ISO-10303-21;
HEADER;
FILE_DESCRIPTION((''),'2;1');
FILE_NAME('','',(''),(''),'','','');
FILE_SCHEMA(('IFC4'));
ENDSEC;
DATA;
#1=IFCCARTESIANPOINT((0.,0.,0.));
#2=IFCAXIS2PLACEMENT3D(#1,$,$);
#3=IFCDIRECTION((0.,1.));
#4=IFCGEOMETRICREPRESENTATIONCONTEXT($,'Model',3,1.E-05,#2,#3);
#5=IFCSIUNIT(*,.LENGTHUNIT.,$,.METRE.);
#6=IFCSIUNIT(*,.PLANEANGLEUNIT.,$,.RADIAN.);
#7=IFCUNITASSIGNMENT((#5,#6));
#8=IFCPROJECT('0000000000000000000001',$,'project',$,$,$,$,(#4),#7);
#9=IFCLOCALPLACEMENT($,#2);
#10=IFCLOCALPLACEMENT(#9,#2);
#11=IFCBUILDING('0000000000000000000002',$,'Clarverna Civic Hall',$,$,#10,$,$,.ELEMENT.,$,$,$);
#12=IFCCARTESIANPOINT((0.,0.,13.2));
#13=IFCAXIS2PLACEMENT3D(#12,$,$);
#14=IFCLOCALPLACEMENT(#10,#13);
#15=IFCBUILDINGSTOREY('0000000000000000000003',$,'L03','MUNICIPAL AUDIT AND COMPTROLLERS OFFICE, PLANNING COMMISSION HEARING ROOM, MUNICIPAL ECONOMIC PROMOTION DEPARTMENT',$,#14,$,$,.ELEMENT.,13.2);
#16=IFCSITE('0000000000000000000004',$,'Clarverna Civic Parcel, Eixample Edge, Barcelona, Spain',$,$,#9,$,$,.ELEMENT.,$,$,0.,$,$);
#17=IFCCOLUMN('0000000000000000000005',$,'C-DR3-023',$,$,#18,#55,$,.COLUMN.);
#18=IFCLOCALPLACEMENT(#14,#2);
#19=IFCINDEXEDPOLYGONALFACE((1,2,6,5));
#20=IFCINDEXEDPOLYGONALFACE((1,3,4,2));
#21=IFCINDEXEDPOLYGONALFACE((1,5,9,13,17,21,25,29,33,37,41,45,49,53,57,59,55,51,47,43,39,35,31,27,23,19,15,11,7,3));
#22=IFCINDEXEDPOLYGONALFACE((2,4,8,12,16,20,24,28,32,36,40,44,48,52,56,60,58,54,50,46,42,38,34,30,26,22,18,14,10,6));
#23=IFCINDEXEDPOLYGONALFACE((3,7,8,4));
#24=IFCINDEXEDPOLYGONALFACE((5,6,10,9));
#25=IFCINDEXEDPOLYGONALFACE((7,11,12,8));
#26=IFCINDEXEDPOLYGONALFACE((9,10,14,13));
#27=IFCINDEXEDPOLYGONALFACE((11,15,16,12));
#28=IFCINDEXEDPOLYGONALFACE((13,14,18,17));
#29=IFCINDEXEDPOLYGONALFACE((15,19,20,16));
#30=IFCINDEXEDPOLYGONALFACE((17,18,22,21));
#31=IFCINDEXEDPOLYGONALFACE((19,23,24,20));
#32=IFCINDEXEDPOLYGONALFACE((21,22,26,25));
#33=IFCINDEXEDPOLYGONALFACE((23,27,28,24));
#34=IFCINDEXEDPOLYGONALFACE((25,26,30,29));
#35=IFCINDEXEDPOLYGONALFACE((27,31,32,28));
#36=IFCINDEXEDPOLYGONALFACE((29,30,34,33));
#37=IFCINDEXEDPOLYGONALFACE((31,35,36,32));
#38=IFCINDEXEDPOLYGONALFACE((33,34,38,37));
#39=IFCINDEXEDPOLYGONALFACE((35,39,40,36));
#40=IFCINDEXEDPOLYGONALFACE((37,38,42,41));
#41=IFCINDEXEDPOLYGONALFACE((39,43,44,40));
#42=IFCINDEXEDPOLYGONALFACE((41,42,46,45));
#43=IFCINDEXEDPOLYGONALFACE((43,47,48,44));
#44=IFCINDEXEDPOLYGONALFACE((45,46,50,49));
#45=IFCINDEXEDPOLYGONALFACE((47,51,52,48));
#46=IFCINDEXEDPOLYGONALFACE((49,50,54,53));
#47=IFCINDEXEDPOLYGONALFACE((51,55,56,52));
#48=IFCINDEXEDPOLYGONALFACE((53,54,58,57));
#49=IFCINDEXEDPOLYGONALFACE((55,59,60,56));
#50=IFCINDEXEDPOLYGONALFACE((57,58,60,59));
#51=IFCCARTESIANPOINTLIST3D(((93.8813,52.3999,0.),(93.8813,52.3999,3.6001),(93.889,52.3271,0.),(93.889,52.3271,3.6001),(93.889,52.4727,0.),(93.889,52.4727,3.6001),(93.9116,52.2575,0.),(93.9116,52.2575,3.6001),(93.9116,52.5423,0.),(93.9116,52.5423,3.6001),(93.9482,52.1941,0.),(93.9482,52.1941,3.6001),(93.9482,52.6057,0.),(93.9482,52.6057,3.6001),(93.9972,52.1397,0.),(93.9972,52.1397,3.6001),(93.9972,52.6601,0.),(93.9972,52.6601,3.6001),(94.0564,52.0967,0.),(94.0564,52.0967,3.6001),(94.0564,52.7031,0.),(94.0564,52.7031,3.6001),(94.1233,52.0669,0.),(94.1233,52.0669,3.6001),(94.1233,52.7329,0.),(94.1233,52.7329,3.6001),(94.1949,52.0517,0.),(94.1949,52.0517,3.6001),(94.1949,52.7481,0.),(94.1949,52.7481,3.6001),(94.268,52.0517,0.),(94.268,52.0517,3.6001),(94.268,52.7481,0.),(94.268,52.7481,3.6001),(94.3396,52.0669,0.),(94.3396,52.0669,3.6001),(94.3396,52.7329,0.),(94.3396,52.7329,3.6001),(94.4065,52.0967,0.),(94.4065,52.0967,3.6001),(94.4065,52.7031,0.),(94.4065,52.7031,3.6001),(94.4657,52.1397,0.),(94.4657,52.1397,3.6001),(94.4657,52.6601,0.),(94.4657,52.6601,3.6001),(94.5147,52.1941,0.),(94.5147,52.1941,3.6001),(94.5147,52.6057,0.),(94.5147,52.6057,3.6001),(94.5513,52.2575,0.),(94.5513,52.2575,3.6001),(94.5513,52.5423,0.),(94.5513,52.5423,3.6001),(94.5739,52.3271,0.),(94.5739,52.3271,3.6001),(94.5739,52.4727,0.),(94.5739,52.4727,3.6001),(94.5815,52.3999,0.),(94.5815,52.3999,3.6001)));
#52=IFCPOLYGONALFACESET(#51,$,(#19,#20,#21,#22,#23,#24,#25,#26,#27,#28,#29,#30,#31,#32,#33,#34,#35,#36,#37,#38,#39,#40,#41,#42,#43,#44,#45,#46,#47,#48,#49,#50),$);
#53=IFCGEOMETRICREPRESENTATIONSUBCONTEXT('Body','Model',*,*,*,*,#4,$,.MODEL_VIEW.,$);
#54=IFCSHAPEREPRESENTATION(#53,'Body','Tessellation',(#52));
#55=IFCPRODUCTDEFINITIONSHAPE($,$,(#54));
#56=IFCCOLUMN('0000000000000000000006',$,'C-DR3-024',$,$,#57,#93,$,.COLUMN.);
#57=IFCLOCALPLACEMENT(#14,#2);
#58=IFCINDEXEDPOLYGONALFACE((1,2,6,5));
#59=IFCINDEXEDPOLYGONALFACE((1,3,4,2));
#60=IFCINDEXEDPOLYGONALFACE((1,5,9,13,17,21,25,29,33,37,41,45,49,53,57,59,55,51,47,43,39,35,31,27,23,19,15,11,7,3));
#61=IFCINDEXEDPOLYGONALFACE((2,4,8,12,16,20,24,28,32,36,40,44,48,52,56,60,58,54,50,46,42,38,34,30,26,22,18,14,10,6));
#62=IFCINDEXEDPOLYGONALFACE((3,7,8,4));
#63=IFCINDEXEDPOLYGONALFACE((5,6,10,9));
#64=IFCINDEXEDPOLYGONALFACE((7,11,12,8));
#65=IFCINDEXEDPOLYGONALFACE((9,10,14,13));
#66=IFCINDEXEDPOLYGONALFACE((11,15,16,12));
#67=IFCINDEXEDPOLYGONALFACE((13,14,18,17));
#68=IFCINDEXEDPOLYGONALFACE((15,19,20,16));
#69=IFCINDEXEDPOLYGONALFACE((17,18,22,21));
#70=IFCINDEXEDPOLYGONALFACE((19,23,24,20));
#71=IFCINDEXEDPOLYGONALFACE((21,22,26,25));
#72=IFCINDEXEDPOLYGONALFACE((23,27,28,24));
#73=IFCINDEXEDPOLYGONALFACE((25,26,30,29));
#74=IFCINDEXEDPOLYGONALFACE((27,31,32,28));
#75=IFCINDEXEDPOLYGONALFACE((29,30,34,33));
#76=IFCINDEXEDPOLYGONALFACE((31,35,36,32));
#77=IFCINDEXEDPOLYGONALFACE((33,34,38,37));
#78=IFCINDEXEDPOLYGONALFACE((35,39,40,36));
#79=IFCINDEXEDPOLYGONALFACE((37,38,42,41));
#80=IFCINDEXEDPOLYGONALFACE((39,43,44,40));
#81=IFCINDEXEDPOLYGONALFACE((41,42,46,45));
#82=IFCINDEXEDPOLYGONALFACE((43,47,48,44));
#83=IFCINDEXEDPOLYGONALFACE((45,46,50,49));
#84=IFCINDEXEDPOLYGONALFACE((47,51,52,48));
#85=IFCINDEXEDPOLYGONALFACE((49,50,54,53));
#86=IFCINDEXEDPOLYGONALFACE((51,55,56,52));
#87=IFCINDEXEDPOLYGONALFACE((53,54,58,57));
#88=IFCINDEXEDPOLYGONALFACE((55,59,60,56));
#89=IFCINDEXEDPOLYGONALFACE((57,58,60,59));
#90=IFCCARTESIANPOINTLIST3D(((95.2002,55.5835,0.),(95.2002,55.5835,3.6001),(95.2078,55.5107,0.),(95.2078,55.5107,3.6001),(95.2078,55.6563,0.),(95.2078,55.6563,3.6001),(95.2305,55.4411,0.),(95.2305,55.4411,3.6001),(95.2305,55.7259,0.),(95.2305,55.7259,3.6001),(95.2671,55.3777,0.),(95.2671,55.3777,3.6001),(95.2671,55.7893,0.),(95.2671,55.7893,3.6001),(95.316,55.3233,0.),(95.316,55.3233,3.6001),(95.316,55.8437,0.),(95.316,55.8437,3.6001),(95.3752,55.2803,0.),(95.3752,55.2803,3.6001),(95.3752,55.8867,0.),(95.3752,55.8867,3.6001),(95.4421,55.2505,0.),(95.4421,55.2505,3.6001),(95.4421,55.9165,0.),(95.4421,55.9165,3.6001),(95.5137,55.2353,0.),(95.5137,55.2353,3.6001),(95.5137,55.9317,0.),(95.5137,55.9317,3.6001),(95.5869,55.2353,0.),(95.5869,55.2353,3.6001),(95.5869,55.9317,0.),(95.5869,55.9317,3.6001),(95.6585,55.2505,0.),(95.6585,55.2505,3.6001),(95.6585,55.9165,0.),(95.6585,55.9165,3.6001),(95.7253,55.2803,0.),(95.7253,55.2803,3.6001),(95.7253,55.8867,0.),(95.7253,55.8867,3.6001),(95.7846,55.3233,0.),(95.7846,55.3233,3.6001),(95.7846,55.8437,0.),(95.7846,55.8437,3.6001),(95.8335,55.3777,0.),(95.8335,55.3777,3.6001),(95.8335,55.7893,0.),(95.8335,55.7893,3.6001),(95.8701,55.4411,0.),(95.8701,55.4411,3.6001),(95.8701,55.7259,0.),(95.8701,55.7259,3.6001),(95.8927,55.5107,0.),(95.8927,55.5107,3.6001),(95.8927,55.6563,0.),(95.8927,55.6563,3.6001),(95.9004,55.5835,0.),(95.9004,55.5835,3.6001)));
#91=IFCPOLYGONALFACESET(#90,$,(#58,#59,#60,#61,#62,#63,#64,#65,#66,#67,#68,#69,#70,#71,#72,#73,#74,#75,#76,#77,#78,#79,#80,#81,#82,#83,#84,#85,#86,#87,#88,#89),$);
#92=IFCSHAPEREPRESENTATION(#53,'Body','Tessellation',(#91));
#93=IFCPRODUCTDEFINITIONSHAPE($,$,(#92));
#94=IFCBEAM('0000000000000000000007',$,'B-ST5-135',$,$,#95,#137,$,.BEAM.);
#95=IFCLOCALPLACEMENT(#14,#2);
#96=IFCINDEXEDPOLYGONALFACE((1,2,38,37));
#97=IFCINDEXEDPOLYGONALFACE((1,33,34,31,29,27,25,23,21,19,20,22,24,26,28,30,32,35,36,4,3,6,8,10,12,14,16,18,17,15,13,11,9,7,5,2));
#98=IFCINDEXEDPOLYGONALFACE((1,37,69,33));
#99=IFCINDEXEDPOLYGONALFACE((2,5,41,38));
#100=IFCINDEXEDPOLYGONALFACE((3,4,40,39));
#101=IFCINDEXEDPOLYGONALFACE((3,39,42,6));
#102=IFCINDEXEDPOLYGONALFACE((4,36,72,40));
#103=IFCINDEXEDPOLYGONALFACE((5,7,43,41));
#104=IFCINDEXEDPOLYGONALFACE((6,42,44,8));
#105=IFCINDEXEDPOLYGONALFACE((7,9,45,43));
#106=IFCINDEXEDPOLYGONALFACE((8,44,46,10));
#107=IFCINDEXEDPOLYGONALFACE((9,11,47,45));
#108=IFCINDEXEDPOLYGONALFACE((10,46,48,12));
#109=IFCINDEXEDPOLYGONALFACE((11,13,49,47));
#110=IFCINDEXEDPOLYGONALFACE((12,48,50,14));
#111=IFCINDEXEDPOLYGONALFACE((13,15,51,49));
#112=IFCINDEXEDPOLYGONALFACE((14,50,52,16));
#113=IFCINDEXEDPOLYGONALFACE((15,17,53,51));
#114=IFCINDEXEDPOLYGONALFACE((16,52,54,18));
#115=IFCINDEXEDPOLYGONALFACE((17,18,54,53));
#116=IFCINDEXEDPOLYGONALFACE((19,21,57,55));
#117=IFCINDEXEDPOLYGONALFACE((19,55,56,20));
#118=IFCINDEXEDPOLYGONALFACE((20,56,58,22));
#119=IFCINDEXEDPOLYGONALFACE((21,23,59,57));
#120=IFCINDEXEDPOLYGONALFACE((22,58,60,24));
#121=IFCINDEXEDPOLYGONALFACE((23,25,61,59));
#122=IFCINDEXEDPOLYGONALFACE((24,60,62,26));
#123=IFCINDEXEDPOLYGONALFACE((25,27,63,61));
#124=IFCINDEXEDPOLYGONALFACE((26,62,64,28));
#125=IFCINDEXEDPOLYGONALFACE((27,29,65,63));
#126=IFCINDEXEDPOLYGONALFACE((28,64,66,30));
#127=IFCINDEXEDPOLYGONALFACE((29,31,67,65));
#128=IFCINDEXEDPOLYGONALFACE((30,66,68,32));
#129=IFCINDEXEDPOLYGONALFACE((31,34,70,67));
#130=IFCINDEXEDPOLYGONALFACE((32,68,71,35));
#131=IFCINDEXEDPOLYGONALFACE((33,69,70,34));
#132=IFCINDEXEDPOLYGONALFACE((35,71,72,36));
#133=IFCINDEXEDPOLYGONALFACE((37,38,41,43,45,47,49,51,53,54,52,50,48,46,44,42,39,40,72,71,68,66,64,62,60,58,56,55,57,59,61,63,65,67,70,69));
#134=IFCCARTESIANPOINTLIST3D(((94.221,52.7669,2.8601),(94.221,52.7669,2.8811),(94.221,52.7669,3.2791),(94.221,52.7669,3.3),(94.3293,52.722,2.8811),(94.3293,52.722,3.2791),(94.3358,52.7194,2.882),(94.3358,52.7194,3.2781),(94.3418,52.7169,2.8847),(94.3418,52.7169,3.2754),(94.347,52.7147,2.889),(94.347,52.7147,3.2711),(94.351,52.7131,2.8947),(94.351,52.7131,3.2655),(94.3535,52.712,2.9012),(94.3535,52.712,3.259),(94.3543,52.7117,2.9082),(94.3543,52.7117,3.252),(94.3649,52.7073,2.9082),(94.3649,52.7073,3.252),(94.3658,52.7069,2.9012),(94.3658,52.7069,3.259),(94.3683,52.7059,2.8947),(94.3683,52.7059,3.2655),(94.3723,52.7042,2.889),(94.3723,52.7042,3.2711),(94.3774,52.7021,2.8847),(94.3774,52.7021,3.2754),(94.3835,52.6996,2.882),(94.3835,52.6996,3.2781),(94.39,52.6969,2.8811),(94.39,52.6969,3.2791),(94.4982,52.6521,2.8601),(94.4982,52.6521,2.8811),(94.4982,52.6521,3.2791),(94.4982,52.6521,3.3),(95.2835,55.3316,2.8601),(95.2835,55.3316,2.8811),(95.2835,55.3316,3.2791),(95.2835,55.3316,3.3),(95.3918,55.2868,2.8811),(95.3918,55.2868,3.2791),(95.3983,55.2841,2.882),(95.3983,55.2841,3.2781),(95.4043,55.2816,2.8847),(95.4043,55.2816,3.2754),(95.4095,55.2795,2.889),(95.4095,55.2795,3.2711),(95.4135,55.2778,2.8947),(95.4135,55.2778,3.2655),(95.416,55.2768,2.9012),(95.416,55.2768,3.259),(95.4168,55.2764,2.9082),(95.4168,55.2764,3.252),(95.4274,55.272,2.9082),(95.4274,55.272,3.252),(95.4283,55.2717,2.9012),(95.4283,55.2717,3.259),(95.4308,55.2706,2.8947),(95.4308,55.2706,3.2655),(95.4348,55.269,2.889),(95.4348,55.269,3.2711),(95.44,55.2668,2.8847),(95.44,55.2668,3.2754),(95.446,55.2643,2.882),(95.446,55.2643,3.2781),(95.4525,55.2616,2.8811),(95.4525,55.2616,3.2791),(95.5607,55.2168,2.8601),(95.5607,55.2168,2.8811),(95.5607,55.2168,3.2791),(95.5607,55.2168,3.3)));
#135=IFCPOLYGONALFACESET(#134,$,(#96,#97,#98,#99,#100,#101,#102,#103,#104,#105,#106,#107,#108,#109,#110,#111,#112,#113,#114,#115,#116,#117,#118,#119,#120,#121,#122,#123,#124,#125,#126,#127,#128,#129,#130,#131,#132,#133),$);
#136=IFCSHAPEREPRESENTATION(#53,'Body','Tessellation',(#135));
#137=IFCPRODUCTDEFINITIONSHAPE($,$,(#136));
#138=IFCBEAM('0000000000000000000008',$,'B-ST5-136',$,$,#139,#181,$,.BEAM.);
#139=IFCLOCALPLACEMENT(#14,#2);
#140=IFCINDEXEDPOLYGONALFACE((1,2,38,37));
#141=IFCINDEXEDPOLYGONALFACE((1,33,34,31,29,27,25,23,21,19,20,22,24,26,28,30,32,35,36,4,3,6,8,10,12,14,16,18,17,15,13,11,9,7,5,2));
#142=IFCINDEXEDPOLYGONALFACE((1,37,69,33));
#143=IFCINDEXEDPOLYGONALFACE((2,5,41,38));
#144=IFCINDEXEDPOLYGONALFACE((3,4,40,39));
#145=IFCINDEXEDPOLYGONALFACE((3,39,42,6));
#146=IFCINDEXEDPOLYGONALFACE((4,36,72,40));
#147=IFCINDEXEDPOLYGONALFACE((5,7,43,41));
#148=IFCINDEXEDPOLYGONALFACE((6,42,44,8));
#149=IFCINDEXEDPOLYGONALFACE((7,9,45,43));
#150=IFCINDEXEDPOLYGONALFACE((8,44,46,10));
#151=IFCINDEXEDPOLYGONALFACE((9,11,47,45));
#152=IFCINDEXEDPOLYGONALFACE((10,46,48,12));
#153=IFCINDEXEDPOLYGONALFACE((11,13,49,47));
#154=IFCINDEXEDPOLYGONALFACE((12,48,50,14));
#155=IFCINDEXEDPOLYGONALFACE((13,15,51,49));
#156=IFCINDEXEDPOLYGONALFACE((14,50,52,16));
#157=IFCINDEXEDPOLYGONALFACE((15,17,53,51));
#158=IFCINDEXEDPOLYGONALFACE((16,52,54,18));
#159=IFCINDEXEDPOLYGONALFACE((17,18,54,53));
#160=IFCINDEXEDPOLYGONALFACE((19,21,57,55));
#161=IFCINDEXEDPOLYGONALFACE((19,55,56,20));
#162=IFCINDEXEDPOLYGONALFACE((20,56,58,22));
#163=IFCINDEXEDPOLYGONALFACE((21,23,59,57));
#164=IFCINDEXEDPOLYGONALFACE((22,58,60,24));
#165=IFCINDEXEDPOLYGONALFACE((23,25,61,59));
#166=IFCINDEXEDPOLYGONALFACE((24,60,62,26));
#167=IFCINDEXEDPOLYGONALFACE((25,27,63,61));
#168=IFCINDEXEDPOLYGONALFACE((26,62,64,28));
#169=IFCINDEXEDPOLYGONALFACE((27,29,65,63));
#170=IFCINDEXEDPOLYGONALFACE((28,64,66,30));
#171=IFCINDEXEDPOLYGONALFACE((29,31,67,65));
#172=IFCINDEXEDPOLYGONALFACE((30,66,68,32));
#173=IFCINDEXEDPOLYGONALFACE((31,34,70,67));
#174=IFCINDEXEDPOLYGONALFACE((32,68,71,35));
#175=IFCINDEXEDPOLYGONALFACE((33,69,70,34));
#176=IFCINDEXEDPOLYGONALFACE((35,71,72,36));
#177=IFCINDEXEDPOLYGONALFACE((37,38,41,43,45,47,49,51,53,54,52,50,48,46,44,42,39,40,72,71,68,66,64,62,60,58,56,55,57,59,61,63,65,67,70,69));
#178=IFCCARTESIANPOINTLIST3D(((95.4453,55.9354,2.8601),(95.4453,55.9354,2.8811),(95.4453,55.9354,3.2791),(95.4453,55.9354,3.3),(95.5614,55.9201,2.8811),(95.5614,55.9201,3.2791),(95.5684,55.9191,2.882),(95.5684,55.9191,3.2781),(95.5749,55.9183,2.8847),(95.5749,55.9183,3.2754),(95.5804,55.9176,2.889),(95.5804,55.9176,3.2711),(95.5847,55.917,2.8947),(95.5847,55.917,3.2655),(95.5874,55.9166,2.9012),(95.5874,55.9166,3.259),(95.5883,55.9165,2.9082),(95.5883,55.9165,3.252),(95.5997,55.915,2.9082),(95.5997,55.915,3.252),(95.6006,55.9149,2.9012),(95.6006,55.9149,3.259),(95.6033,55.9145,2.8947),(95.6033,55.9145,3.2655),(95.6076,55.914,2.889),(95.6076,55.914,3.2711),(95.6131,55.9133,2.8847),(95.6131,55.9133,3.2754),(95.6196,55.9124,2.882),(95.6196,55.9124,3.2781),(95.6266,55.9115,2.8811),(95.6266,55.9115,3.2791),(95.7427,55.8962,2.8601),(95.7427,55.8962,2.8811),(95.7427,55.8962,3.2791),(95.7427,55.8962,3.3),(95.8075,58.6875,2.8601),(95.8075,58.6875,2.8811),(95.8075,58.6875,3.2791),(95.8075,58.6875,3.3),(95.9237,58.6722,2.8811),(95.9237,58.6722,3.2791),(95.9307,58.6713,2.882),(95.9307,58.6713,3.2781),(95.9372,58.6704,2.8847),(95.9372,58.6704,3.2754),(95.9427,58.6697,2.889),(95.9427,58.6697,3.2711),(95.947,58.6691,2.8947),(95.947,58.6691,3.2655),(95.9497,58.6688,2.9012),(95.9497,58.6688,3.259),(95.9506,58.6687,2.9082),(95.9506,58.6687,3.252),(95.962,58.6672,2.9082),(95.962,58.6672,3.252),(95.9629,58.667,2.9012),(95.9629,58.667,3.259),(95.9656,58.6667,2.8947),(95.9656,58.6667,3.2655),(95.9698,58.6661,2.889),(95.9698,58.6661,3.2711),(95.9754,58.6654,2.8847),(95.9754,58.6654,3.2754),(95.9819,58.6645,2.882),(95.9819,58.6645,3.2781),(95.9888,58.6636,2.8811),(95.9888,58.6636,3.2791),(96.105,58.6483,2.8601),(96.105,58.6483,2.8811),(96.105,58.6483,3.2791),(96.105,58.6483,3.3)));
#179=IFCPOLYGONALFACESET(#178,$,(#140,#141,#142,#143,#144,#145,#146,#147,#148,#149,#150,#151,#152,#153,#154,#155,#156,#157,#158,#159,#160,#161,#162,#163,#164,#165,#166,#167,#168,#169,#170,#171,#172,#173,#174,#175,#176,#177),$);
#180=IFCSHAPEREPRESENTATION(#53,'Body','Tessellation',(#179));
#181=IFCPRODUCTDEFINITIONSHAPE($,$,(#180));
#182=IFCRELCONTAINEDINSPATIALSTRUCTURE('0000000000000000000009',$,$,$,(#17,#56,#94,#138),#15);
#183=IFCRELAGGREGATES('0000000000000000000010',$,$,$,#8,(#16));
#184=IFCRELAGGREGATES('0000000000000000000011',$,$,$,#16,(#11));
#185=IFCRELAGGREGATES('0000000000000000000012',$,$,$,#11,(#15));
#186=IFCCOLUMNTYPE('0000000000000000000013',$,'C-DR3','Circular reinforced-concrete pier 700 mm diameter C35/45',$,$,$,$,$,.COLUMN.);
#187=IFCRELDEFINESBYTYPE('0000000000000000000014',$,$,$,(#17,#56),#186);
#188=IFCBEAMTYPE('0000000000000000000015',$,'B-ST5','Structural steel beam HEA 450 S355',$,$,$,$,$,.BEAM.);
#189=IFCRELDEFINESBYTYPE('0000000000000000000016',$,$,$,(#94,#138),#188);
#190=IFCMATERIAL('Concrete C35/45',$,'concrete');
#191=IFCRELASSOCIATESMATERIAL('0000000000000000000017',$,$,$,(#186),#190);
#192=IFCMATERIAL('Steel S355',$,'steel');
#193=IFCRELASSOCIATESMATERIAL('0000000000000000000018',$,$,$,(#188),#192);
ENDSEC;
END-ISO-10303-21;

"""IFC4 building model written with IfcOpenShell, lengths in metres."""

from ifc_helpers import new_model, si_unit, direction, frame, origin, origin_2d, place, context, subcontext, project, spatial, circle, i_section, extrude, material, material_profile, profile_set, type_object, element, save


model = new_model("IFC4")

# Units and contexts
model_context = context("Model", 3, precision=1e-05, world=origin(), true_north=direction((0.0, 1.0)))
body_context = subcontext(model_context, "Body", "Model", "MODEL_VIEW")
ifc_project = project(units=[si_unit("LENGTHUNIT", "METRE"), si_unit("PLANEANGLEUNIT", "RADIAN")], contexts=[model_context])

# Site, building, storey
site_placement = place(None, origin())
site = spatial("IfcSite", under=ifc_project, at=site_placement, Name="Clarverna Civic Parcel, Eixample Edge, Barcelona, Spain", CompositionType="ELEMENT", RefElevation=0.0)
building_placement = place(site_placement, origin())
building = spatial("IfcBuilding", under=site, at=building_placement, Name="Clarverna Civic Hall", CompositionType="ELEMENT")
storey_placement = place(building_placement, frame((0.0, 0.0, 13.2)))
storey = spatial("IfcBuildingStorey", under=building, at=storey_placement, Name="L03", Description="MUNICIPAL AUDIT AND COMPTROLLERS OFFICE, PLANNING COMMISSION HEARING ROOM, MUNICIPAL ECONOMIC PROMOTION DEPARTMENT", CompositionType="ELEMENT", Elevation=13.2)

# Columns
ifc_material_1 = material(Name="Concrete C35/45", Category="concrete")
ifc_material_profile_1 = material_profile(ifc_material_1, circle(Radius=0.3501, at=origin_2d()), Name="RC D700")
ifc_profile_set_1 = profile_set([ifc_material_profile_1], Name="Concrete C35/45")
column_type = type_object("IfcColumnType", Name="C-DR3", Description="Circular reinforced-concrete pier 700 mm diameter C35/45", PredefinedType="COLUMN", material=ifc_profile_set_1)
for number, where, z_axis, x_axis, name in (
    (1, (94.2314, 52.3999, 0.0), (0.0, 0.0, 1.0), (1.0, 0.0, 0.0), "C-DR3-023"),
    (2, (95.5503, 55.5835, 0.0), (0.0, 0.0, 1.0), (1.0, 0.0, 0.0), "C-DR3-024"),
):
    element("IfcColumn", number, at=place(storey_placement, frame(where, z_axis=z_axis, x_axis=x_axis)), inside=storey, type_object=column_type, Name=name, PredefinedType="COLUMN", context=body_context, shape_type="SweptSolid", body=[
        extrude(circle(Radius=0.3501, at=origin_2d()), origin(), (0.0, 0.0, 1.0), 3.6001),
    ])

# Beams
ifc_material_2 = material(Name="Steel S355", Category="steel")
ifc_material_profile_2 = material_profile(ifc_material_2, i_section(OverallWidth=0.3, OverallDepth=0.4399, WebThickness=0.0115, FlangeThickness=0.021, FilletRadius=0.0271, at=origin_2d()), Name="HEA 450")
ifc_profile_set_2 = profile_set([ifc_material_profile_2], Name="Steel S355")
beam_type = type_object("IfcBeamType", Name="B-ST5", Description="Structural steel beam HEA 450 S355", PredefinedType="BEAM", material=ifc_profile_set_2)
beam_1_placement = place(storey_placement, frame((94.3596, 52.7095, 3.0801), z_axis=(0.382735, 0.923858, 0.0), x_axis=(-0.923858, 0.382735, 0.0)))
element("IfcBeam", 3, at=beam_1_placement, inside=storey, type_object=beam_type, Name="B-ST5-135", PredefinedType="BEAM", context=body_context, shape_type="SweptSolid", body=[
    extrude(i_section(OverallWidth=0.3, OverallDepth=0.4399, WebThickness=0.0115, FlangeThickness=0.021, FilletRadius=0.0271, at=origin_2d()), origin(), (0.0, 0.0, 1.0), 2.7761),
])
beam_2_placement = place(storey_placement, frame((95.594, 55.9158, 3.0801), z_axis=(0.130516, 0.991446, 0.0), x_axis=(-0.991446, 0.130516, 0.0)))
element("IfcBeam", 4, at=beam_2_placement, inside=storey, type_object=beam_type, Name="B-ST5-136", PredefinedType="BEAM", context=body_context, shape_type="SweptSolid", body=[
    extrude(i_section(OverallWidth=0.3, OverallDepth=0.4399, WebThickness=0.0115, FlangeThickness=0.021, FilletRadius=0.0271, at=origin_2d()), origin(), (0.0, 0.0, 1.0), 2.7759),
])

save(model, "model.ifc")
